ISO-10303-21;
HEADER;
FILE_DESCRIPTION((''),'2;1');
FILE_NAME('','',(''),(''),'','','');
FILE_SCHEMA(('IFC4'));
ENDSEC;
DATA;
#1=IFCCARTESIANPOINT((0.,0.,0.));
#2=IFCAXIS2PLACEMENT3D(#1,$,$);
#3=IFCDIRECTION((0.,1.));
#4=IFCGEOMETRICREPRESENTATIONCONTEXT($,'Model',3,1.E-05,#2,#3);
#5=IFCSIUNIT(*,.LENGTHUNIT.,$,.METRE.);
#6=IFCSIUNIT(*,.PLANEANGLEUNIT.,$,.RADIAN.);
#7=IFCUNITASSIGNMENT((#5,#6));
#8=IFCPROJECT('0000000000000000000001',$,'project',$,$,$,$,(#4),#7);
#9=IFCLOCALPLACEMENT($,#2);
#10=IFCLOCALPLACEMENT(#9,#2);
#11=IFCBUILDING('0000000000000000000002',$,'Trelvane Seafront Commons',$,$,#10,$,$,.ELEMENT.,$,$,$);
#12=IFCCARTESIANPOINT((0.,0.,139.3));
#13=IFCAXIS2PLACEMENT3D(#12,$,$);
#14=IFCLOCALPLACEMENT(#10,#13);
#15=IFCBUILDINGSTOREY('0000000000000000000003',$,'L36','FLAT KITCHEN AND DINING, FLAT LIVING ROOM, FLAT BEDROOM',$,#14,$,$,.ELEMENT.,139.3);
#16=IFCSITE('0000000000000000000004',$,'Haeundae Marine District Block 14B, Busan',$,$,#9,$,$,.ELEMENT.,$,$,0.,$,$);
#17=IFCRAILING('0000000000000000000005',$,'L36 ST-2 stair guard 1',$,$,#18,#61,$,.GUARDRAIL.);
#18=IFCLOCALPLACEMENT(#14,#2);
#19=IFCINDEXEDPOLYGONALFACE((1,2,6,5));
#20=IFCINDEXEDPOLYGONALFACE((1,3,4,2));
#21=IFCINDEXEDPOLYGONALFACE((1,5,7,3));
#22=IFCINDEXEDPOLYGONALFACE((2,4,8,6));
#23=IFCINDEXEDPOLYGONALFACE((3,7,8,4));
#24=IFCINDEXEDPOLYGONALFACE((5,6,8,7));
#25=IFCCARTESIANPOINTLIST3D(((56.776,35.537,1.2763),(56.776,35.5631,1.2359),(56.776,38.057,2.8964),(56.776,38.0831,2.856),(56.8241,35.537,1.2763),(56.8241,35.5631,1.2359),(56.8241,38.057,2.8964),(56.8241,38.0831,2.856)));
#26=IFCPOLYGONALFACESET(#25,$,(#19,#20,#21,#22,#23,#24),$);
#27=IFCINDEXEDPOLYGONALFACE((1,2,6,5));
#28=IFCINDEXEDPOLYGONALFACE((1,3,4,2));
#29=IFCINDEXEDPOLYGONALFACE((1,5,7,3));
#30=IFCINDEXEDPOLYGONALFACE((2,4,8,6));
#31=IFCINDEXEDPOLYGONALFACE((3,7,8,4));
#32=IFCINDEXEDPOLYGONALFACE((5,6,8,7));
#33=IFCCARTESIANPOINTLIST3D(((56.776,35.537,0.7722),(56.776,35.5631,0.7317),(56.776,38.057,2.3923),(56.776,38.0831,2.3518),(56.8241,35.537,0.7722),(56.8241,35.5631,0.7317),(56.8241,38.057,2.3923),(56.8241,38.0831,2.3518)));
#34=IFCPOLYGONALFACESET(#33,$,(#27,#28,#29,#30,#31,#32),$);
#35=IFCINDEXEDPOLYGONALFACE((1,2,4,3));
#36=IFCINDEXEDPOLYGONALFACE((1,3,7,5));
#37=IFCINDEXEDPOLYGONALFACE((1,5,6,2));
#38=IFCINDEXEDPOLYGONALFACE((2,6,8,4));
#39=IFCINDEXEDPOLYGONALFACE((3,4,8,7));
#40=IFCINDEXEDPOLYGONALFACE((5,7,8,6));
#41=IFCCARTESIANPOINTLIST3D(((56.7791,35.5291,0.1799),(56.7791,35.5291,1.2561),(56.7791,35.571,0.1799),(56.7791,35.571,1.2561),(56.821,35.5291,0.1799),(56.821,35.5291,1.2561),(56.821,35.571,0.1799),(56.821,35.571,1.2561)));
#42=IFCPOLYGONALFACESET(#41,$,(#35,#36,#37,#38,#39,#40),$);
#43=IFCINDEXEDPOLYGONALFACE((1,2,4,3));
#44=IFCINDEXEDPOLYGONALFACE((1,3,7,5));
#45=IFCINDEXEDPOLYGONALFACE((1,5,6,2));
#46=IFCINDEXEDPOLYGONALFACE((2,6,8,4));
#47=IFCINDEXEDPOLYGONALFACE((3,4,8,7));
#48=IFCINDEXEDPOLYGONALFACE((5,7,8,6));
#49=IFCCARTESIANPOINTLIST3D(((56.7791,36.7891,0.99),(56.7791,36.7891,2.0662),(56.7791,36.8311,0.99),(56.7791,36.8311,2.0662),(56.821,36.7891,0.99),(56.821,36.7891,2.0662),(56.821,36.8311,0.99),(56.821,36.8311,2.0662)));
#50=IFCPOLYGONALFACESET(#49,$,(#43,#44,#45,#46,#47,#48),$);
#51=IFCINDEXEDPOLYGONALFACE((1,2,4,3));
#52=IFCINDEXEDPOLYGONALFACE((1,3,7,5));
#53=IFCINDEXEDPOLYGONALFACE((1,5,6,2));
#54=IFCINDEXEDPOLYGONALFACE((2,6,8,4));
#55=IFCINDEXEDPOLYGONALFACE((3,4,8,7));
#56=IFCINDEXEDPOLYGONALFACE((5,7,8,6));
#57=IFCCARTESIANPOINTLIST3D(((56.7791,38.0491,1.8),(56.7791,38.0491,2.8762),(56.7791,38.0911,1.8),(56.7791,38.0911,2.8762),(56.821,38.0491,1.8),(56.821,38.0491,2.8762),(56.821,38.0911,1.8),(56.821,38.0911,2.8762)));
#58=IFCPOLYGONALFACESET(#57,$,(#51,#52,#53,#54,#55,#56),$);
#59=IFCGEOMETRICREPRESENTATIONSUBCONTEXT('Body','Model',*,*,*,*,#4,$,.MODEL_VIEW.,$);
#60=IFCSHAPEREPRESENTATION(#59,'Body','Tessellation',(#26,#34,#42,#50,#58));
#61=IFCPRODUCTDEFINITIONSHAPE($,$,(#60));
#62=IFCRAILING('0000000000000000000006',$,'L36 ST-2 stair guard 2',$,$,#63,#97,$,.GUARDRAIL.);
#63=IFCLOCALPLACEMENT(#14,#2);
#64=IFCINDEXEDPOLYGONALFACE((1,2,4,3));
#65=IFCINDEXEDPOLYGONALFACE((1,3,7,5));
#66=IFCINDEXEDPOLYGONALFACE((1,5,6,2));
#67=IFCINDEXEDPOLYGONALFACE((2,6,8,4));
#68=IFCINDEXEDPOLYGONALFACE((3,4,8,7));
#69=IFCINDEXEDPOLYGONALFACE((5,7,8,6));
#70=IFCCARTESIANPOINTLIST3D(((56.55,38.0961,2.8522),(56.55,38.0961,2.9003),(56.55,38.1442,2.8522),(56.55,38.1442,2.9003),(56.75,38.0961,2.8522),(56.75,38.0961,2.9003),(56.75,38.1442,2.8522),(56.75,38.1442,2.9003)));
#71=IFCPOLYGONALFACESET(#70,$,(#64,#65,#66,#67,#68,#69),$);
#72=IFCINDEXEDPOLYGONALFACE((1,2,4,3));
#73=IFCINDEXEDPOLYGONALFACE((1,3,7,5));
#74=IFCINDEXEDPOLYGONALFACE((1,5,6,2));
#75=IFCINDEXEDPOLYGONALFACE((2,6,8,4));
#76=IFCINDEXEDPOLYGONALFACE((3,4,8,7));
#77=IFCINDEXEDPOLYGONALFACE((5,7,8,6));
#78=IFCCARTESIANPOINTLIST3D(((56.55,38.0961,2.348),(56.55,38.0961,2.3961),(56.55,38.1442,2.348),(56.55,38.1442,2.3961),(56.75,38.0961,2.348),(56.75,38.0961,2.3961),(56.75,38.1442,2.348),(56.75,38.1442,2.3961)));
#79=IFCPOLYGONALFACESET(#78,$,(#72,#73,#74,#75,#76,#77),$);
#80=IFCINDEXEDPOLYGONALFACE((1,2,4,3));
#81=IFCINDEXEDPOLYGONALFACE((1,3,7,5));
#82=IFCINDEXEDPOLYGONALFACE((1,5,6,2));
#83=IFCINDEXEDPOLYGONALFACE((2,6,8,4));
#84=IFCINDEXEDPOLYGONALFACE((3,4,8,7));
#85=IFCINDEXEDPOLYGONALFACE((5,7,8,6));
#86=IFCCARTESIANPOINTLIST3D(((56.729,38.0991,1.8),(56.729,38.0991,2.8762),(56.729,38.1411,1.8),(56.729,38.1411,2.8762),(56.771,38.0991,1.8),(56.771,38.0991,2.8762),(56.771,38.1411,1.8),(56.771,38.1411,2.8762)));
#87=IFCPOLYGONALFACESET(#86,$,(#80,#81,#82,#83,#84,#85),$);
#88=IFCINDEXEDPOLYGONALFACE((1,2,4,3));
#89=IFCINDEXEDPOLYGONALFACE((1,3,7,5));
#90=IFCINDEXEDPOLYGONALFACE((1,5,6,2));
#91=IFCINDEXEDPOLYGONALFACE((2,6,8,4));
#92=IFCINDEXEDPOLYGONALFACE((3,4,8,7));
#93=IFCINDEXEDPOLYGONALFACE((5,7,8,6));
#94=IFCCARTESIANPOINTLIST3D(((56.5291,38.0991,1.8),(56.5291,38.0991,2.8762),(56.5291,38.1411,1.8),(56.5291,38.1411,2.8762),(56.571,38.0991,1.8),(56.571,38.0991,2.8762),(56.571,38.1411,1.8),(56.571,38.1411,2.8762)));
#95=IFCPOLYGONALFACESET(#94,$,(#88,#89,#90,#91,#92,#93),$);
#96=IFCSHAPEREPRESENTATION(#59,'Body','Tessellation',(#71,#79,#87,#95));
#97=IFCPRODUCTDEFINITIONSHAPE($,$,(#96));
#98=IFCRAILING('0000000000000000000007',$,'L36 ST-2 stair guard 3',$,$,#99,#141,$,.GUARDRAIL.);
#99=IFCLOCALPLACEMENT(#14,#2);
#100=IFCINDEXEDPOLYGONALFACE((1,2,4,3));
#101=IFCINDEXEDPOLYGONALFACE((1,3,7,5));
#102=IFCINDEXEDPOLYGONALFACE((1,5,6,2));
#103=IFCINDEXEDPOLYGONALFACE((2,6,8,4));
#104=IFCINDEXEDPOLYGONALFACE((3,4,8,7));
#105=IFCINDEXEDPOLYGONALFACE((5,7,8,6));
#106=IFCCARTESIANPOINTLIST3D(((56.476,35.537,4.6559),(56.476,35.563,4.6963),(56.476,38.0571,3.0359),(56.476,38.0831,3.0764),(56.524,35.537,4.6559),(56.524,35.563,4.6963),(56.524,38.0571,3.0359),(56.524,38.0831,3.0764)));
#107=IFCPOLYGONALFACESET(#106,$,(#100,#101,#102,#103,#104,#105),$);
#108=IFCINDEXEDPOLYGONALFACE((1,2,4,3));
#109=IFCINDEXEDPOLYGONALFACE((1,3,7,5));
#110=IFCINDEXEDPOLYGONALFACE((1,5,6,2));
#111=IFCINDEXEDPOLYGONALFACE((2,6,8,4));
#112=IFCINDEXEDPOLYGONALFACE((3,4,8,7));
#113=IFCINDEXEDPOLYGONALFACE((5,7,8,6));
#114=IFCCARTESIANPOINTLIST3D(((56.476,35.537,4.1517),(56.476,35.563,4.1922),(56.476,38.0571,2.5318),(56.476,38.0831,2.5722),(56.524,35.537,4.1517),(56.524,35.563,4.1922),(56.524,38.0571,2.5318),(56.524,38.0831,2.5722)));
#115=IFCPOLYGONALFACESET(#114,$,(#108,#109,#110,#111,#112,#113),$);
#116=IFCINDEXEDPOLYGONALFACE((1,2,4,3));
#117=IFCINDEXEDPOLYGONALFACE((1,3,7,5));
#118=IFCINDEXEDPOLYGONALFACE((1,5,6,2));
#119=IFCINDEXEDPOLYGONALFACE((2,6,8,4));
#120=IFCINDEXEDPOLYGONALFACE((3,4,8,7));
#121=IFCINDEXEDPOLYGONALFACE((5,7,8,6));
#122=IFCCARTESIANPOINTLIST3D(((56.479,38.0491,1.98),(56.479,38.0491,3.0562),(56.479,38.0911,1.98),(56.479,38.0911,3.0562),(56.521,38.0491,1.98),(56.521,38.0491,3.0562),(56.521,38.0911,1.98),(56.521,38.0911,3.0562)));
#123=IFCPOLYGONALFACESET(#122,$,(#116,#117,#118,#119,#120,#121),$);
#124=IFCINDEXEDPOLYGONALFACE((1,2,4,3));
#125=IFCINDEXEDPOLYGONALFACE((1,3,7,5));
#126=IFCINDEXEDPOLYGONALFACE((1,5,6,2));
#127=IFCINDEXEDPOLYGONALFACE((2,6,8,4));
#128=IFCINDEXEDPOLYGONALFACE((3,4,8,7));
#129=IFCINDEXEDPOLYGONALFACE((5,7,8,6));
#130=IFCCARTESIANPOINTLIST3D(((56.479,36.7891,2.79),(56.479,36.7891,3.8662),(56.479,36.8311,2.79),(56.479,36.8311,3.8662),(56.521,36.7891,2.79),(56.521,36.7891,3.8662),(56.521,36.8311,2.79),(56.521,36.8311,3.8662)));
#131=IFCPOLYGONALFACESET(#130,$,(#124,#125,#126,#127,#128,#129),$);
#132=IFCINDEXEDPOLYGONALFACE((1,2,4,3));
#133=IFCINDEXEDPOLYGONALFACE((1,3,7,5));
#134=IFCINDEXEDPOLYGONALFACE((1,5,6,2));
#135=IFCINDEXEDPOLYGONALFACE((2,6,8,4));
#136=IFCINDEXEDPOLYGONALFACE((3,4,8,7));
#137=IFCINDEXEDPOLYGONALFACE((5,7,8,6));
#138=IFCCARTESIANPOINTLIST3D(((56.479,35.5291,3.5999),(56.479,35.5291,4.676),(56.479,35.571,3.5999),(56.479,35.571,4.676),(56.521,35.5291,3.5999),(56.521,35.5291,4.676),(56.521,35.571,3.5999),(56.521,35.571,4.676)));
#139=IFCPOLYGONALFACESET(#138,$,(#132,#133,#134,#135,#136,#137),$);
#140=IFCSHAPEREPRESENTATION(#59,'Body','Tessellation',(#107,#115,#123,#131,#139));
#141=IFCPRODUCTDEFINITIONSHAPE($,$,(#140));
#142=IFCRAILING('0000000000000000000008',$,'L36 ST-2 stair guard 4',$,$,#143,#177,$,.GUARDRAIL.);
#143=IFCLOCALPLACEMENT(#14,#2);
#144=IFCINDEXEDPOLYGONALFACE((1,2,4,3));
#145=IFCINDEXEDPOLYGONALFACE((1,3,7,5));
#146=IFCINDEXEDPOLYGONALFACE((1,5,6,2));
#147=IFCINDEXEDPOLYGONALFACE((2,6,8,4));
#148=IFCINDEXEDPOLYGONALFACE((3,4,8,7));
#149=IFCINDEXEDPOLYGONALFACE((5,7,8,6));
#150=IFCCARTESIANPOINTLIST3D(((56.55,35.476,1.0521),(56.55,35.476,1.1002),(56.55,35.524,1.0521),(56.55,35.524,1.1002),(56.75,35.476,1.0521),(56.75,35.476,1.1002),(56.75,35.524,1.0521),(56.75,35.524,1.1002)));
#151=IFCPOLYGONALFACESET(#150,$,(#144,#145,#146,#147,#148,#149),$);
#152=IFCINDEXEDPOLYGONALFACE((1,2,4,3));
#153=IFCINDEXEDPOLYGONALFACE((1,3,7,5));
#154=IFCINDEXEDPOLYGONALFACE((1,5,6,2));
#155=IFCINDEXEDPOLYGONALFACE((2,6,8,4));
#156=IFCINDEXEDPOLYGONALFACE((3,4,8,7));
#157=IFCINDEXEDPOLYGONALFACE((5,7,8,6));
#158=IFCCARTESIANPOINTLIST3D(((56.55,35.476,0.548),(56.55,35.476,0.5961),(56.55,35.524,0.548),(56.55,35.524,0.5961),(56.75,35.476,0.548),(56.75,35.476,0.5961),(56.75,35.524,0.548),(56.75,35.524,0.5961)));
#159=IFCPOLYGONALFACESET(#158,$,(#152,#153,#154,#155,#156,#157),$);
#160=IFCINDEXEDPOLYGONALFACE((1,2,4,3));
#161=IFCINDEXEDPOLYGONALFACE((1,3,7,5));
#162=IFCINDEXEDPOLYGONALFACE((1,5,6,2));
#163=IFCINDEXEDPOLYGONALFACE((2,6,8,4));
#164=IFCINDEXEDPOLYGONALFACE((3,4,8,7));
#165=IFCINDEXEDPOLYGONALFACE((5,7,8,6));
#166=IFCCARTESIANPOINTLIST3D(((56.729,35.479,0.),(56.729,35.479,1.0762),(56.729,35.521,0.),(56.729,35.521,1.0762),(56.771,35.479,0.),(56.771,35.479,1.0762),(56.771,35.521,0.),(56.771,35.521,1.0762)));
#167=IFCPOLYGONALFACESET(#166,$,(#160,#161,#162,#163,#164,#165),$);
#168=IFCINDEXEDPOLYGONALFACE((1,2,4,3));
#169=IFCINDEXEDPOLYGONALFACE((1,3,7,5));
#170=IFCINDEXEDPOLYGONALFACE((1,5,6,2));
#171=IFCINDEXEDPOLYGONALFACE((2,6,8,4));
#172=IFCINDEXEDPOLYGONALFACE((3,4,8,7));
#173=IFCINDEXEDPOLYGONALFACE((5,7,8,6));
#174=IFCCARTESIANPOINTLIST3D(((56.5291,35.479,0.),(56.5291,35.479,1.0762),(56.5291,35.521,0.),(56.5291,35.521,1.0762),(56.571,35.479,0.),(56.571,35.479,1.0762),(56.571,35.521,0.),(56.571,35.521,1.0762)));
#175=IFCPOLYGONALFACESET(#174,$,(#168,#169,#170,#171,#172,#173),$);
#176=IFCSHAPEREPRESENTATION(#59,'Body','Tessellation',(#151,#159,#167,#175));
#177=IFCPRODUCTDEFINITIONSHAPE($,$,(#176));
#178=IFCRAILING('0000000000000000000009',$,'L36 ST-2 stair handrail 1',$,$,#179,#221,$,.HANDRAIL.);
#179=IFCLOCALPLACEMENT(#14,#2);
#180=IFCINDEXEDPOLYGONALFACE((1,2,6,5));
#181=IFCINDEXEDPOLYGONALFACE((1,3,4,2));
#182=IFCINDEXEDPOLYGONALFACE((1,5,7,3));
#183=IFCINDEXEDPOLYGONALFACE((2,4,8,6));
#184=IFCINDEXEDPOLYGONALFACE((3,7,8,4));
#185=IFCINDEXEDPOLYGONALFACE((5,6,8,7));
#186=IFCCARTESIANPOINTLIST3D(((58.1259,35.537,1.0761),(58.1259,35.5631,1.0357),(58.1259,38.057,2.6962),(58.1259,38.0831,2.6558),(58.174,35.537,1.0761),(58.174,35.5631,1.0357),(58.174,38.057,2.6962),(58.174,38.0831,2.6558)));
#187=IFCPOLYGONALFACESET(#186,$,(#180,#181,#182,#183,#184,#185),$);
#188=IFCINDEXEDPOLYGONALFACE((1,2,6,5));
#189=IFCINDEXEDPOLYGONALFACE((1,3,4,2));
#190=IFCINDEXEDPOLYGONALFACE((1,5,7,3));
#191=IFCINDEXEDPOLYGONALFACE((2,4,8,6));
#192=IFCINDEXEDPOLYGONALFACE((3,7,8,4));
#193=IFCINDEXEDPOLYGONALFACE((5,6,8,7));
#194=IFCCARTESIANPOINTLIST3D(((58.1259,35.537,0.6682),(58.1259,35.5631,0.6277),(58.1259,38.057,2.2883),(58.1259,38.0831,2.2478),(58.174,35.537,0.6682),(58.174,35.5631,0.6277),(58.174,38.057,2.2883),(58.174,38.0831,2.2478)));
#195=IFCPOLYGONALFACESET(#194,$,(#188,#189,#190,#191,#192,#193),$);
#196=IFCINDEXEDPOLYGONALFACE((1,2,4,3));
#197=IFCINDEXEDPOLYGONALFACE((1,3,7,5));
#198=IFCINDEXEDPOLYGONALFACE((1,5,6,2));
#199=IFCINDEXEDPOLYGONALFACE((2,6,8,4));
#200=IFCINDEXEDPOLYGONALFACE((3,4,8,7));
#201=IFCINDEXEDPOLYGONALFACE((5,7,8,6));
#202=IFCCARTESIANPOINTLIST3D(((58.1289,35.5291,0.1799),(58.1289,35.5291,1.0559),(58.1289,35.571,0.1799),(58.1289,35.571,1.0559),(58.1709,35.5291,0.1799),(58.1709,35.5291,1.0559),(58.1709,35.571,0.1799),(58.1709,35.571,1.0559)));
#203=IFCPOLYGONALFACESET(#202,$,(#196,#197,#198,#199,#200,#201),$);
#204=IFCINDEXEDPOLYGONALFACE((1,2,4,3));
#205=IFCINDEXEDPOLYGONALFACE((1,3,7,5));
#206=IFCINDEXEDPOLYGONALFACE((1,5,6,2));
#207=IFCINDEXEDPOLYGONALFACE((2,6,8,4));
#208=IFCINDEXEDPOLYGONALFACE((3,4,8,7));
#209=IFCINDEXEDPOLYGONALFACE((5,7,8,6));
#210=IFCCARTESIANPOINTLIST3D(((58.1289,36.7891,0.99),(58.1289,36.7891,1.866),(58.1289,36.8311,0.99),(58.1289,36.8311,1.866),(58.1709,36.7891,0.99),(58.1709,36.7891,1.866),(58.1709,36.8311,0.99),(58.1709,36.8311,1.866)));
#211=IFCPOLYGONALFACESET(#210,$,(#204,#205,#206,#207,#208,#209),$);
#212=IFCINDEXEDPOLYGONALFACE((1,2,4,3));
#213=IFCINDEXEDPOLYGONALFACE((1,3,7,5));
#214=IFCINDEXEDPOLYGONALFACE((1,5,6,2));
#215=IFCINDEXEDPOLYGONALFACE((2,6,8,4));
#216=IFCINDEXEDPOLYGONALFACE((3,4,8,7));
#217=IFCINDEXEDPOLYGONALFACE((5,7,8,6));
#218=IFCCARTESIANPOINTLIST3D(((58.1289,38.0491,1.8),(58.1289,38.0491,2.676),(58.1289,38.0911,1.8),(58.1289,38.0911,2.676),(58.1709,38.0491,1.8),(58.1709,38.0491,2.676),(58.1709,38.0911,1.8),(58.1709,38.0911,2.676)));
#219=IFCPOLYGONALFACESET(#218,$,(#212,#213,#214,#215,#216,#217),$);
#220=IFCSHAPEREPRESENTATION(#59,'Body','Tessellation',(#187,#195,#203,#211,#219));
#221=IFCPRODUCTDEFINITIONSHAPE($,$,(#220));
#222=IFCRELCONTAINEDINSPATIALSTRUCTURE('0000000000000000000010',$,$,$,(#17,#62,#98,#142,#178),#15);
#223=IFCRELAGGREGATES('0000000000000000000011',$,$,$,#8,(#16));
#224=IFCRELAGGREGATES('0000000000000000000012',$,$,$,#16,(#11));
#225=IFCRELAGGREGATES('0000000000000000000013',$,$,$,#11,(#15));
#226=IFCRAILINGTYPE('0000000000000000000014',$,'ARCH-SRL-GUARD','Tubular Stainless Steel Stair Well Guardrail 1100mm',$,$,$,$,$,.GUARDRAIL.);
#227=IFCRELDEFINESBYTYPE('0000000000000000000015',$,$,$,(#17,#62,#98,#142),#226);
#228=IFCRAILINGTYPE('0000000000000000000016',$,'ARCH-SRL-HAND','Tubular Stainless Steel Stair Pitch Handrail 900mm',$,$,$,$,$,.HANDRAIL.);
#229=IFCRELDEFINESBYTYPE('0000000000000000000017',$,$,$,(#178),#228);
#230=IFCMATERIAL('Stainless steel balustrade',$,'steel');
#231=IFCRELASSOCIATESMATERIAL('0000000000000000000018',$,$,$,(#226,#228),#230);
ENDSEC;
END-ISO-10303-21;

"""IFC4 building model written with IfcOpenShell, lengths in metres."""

from ifc_helpers import new_model, si_unit, direction, frame, origin, origin_2d, place, context, subcontext, project, spatial, rectangle, extrude, material, type_object, element, save


model = new_model("IFC4")

# Units and contexts
model_context = context("Model", 3, precision=1e-05, world=origin(), true_north=direction((0.0, 1.0)))
body_context = subcontext(model_context, "Body", "Model", "MODEL_VIEW")
ifc_project = project(units=[si_unit("LENGTHUNIT", "METRE"), si_unit("PLANEANGLEUNIT", "RADIAN")], contexts=[model_context])

# Site, building, storey
site_placement = place(None, origin())
site = spatial("IfcSite", under=ifc_project, at=site_placement, Name="Haeundae Marine District Block 14B, Busan", CompositionType="ELEMENT", RefElevation=0.0)
building_placement = place(site_placement, origin())
building = spatial("IfcBuilding", under=site, at=building_placement, Name="Trelvane Seafront Commons", CompositionType="ELEMENT")
storey_placement = place(building_placement, frame((0.0, 0.0, 139.3)))
storey = spatial("IfcBuildingStorey", under=building, at=storey_placement, Name="L36", Description="FLAT KITCHEN AND DINING, FLAT LIVING ROOM, FLAT BEDROOM", CompositionType="ELEMENT", Elevation=139.3)

# Railings
ifc_material_1 = material(Name="Stainless steel balustrade", Category="steel")
railing_type_1 = type_object("IfcRailingType", Name="ARCH-SRL-GUARD", Description="Tubular Stainless Steel Stair Well Guardrail 1100mm", PredefinedType="GUARDRAIL", material=ifc_material_1)
railing_1_placement = place(storey_placement, frame((56.8, 35.55, 0.1799)))
element("IfcRailing", 1, at=railing_1_placement, inside=storey, type_object=railing_type_1, Name="L36 ST-2 stair guard 1", PredefinedType="GUARDRAIL", context=body_context, shape_type="SweptSolid", body=[
    extrude(rectangle(XDim=0.0481, YDim=0.0481, at=origin_2d()), frame((0.0, 0.0, 1.0762), z_axis=(0.0, 0.841163, 0.540782), x_axis=(-1.0, 0.0, 0.0)), (0.0, 0.0, 1.0), 2.9958),
    extrude(rectangle(XDim=0.0481, YDim=0.0481, at=origin_2d()), frame((0.0, 0.0, 0.572), z_axis=(0.0, 0.841163, 0.540782), x_axis=(-1.0, 0.0, 0.0)), (0.0, 0.0, 1.0), 2.9958),
    extrude(rectangle(XDim=0.042, YDim=0.042, at=origin_2d()), origin(), (0.0, 0.0, 1.0), 1.0762),
    extrude(rectangle(XDim=0.042, YDim=0.042, at=origin_2d()), frame((0.0, 1.26, 0.8101)), (0.0, 0.0, 1.0), 1.0762),
    extrude(rectangle(XDim=0.042, YDim=0.042, at=origin_2d()), frame((0.0, 2.52, 1.6201)), (0.0, 0.0, 1.0), 1.0762),
])
railing_2_placement = place(storey_placement, frame((56.75, 38.1201, 1.8)))
element("IfcRailing", 2, at=railing_2_placement, inside=storey, type_object=railing_type_1, Name="L36 ST-2 stair guard 2", PredefinedType="GUARDRAIL", context=body_context, shape_type="SweptSolid", body=[
    extrude(rectangle(XDim=0.0481, YDim=0.0481, at=origin_2d()), frame((0.0, 0.0, 1.0762), z_axis=(-1.0, 0.0, 0.0), x_axis=(0.0, -1.0, 0.0)), (0.0, 0.0, 1.0), 0.2),
    extrude(rectangle(XDim=0.0481, YDim=0.0481, at=origin_2d()), frame((0.0, 0.0, 0.572), z_axis=(-1.0, 0.0, 0.0), x_axis=(0.0, -1.0, 0.0)), (0.0, 0.0, 1.0), 0.2),
    extrude(rectangle(XDim=0.042, YDim=0.042, at=origin_2d()), origin(), (0.0, 0.0, 1.0), 1.0762),
    extrude(rectangle(XDim=0.042, YDim=0.042, at=origin_2d()), frame((-0.2, 0.0, 0.0)), (0.0, 0.0, 1.0), 1.0762),
])
railing_3_placement = place(storey_placement, frame((56.5, 38.0701, 1.98)))
element("IfcRailing", 3, at=railing_3_placement, inside=storey, type_object=railing_type_1, Name="L36 ST-2 stair guard 3", PredefinedType="GUARDRAIL", context=body_context, shape_type="SweptSolid", body=[
    extrude(rectangle(XDim=0.0481, YDim=0.0481, at=origin_2d()), frame((0.0, 0.0, 1.0762), z_axis=(0.0, -0.8412, 0.540725), x_axis=(1.0, 0.0, 0.0)), (0.0, 0.0, 1.0), 2.9958),
    extrude(rectangle(XDim=0.0481, YDim=0.0481, at=origin_2d()), frame((0.0, 0.0, 0.572), z_axis=(0.0, -0.8412, 0.540725), x_axis=(1.0, 0.0, 0.0)), (0.0, 0.0, 1.0), 2.9958),
    extrude(rectangle(XDim=0.042, YDim=0.042, at=origin_2d()), origin(), (0.0, 0.0, 1.0), 1.0762),
    extrude(rectangle(XDim=0.042, YDim=0.042, at=origin_2d()), frame((0.0, -1.26, 0.8101)), (0.0, 0.0, 1.0), 1.0762),
    extrude(rectangle(XDim=0.042, YDim=0.042, at=origin_2d()), frame((0.0, -2.52, 1.6199)), (0.0, 0.0, 1.0), 1.0762),
])
railing_4_placement = place(storey_placement, frame((56.75, 35.5, 0.0)))
element("IfcRailing", 4, at=railing_4_placement, inside=storey, type_object=railing_type_1, Name="L36 ST-2 stair guard 4", PredefinedType="GUARDRAIL", context=body_context, shape_type="SweptSolid", body=[
    extrude(rectangle(XDim=0.0481, YDim=0.0481, at=origin_2d()), frame((0.0, 0.0, 1.0762), z_axis=(-1.0, 0.0, 0.0), x_axis=(0.0, -1.0, 0.0)), (0.0, 0.0, 1.0), 0.2),
    extrude(rectangle(XDim=0.0481, YDim=0.0481, at=origin_2d()), frame((0.0, 0.0, 0.572), z_axis=(-1.0, 0.0, 0.0), x_axis=(0.0, -1.0, 0.0)), (0.0, 0.0, 1.0), 0.2),
    extrude(rectangle(XDim=0.042, YDim=0.042, at=origin_2d()), origin(), (0.0, 0.0, 1.0), 1.0762),
    extrude(rectangle(XDim=0.042, YDim=0.042, at=origin_2d()), frame((-0.2, 0.0, 0.0)), (0.0, 0.0, 1.0), 1.0762),
])
railing_type_2 = type_object("IfcRailingType", Name="ARCH-SRL-HAND", Description="Tubular Stainless Steel Stair Pitch Handrail 900mm", PredefinedType="HANDRAIL", material=ifc_material_1)
railing_5_placement = place(storey_placement, frame((58.1499, 35.55, 0.1799)))
element("IfcRailing", 5, at=railing_5_placement, inside=storey, type_object=railing_type_2, Name="L36 ST-2 stair handrail 1", PredefinedType="HANDRAIL", context=body_context, shape_type="SweptSolid", body=[
    extrude(rectangle(XDim=0.0481, YDim=0.0481, at=origin_2d()), frame((0.0, 0.0, 0.876), z_axis=(0.0, 0.841163, 0.540782), x_axis=(-1.0, 0.0, 0.0)), (0.0, 0.0, 1.0), 2.9958),
    extrude(rectangle(XDim=0.0481, YDim=0.0481, at=origin_2d()), frame((0.0, 0.0, 0.468), z_axis=(0.0, 0.841163, 0.540782), x_axis=(-1.0, 0.0, 0.0)), (0.0, 0.0, 1.0), 2.9958),
    extrude(rectangle(XDim=0.042, YDim=0.042, at=origin_2d()), origin(), (0.0, 0.0, 1.0), 0.876),
    extrude(rectangle(XDim=0.042, YDim=0.042, at=origin_2d()), frame((0.0, 1.26, 0.8101)), (0.0, 0.0, 1.0), 0.876),
    extrude(rectangle(XDim=0.042, YDim=0.042, at=origin_2d()), frame((0.0, 2.52, 1.6201)), (0.0, 0.0, 1.0), 0.876),
])

save(model, "model.ifc")
